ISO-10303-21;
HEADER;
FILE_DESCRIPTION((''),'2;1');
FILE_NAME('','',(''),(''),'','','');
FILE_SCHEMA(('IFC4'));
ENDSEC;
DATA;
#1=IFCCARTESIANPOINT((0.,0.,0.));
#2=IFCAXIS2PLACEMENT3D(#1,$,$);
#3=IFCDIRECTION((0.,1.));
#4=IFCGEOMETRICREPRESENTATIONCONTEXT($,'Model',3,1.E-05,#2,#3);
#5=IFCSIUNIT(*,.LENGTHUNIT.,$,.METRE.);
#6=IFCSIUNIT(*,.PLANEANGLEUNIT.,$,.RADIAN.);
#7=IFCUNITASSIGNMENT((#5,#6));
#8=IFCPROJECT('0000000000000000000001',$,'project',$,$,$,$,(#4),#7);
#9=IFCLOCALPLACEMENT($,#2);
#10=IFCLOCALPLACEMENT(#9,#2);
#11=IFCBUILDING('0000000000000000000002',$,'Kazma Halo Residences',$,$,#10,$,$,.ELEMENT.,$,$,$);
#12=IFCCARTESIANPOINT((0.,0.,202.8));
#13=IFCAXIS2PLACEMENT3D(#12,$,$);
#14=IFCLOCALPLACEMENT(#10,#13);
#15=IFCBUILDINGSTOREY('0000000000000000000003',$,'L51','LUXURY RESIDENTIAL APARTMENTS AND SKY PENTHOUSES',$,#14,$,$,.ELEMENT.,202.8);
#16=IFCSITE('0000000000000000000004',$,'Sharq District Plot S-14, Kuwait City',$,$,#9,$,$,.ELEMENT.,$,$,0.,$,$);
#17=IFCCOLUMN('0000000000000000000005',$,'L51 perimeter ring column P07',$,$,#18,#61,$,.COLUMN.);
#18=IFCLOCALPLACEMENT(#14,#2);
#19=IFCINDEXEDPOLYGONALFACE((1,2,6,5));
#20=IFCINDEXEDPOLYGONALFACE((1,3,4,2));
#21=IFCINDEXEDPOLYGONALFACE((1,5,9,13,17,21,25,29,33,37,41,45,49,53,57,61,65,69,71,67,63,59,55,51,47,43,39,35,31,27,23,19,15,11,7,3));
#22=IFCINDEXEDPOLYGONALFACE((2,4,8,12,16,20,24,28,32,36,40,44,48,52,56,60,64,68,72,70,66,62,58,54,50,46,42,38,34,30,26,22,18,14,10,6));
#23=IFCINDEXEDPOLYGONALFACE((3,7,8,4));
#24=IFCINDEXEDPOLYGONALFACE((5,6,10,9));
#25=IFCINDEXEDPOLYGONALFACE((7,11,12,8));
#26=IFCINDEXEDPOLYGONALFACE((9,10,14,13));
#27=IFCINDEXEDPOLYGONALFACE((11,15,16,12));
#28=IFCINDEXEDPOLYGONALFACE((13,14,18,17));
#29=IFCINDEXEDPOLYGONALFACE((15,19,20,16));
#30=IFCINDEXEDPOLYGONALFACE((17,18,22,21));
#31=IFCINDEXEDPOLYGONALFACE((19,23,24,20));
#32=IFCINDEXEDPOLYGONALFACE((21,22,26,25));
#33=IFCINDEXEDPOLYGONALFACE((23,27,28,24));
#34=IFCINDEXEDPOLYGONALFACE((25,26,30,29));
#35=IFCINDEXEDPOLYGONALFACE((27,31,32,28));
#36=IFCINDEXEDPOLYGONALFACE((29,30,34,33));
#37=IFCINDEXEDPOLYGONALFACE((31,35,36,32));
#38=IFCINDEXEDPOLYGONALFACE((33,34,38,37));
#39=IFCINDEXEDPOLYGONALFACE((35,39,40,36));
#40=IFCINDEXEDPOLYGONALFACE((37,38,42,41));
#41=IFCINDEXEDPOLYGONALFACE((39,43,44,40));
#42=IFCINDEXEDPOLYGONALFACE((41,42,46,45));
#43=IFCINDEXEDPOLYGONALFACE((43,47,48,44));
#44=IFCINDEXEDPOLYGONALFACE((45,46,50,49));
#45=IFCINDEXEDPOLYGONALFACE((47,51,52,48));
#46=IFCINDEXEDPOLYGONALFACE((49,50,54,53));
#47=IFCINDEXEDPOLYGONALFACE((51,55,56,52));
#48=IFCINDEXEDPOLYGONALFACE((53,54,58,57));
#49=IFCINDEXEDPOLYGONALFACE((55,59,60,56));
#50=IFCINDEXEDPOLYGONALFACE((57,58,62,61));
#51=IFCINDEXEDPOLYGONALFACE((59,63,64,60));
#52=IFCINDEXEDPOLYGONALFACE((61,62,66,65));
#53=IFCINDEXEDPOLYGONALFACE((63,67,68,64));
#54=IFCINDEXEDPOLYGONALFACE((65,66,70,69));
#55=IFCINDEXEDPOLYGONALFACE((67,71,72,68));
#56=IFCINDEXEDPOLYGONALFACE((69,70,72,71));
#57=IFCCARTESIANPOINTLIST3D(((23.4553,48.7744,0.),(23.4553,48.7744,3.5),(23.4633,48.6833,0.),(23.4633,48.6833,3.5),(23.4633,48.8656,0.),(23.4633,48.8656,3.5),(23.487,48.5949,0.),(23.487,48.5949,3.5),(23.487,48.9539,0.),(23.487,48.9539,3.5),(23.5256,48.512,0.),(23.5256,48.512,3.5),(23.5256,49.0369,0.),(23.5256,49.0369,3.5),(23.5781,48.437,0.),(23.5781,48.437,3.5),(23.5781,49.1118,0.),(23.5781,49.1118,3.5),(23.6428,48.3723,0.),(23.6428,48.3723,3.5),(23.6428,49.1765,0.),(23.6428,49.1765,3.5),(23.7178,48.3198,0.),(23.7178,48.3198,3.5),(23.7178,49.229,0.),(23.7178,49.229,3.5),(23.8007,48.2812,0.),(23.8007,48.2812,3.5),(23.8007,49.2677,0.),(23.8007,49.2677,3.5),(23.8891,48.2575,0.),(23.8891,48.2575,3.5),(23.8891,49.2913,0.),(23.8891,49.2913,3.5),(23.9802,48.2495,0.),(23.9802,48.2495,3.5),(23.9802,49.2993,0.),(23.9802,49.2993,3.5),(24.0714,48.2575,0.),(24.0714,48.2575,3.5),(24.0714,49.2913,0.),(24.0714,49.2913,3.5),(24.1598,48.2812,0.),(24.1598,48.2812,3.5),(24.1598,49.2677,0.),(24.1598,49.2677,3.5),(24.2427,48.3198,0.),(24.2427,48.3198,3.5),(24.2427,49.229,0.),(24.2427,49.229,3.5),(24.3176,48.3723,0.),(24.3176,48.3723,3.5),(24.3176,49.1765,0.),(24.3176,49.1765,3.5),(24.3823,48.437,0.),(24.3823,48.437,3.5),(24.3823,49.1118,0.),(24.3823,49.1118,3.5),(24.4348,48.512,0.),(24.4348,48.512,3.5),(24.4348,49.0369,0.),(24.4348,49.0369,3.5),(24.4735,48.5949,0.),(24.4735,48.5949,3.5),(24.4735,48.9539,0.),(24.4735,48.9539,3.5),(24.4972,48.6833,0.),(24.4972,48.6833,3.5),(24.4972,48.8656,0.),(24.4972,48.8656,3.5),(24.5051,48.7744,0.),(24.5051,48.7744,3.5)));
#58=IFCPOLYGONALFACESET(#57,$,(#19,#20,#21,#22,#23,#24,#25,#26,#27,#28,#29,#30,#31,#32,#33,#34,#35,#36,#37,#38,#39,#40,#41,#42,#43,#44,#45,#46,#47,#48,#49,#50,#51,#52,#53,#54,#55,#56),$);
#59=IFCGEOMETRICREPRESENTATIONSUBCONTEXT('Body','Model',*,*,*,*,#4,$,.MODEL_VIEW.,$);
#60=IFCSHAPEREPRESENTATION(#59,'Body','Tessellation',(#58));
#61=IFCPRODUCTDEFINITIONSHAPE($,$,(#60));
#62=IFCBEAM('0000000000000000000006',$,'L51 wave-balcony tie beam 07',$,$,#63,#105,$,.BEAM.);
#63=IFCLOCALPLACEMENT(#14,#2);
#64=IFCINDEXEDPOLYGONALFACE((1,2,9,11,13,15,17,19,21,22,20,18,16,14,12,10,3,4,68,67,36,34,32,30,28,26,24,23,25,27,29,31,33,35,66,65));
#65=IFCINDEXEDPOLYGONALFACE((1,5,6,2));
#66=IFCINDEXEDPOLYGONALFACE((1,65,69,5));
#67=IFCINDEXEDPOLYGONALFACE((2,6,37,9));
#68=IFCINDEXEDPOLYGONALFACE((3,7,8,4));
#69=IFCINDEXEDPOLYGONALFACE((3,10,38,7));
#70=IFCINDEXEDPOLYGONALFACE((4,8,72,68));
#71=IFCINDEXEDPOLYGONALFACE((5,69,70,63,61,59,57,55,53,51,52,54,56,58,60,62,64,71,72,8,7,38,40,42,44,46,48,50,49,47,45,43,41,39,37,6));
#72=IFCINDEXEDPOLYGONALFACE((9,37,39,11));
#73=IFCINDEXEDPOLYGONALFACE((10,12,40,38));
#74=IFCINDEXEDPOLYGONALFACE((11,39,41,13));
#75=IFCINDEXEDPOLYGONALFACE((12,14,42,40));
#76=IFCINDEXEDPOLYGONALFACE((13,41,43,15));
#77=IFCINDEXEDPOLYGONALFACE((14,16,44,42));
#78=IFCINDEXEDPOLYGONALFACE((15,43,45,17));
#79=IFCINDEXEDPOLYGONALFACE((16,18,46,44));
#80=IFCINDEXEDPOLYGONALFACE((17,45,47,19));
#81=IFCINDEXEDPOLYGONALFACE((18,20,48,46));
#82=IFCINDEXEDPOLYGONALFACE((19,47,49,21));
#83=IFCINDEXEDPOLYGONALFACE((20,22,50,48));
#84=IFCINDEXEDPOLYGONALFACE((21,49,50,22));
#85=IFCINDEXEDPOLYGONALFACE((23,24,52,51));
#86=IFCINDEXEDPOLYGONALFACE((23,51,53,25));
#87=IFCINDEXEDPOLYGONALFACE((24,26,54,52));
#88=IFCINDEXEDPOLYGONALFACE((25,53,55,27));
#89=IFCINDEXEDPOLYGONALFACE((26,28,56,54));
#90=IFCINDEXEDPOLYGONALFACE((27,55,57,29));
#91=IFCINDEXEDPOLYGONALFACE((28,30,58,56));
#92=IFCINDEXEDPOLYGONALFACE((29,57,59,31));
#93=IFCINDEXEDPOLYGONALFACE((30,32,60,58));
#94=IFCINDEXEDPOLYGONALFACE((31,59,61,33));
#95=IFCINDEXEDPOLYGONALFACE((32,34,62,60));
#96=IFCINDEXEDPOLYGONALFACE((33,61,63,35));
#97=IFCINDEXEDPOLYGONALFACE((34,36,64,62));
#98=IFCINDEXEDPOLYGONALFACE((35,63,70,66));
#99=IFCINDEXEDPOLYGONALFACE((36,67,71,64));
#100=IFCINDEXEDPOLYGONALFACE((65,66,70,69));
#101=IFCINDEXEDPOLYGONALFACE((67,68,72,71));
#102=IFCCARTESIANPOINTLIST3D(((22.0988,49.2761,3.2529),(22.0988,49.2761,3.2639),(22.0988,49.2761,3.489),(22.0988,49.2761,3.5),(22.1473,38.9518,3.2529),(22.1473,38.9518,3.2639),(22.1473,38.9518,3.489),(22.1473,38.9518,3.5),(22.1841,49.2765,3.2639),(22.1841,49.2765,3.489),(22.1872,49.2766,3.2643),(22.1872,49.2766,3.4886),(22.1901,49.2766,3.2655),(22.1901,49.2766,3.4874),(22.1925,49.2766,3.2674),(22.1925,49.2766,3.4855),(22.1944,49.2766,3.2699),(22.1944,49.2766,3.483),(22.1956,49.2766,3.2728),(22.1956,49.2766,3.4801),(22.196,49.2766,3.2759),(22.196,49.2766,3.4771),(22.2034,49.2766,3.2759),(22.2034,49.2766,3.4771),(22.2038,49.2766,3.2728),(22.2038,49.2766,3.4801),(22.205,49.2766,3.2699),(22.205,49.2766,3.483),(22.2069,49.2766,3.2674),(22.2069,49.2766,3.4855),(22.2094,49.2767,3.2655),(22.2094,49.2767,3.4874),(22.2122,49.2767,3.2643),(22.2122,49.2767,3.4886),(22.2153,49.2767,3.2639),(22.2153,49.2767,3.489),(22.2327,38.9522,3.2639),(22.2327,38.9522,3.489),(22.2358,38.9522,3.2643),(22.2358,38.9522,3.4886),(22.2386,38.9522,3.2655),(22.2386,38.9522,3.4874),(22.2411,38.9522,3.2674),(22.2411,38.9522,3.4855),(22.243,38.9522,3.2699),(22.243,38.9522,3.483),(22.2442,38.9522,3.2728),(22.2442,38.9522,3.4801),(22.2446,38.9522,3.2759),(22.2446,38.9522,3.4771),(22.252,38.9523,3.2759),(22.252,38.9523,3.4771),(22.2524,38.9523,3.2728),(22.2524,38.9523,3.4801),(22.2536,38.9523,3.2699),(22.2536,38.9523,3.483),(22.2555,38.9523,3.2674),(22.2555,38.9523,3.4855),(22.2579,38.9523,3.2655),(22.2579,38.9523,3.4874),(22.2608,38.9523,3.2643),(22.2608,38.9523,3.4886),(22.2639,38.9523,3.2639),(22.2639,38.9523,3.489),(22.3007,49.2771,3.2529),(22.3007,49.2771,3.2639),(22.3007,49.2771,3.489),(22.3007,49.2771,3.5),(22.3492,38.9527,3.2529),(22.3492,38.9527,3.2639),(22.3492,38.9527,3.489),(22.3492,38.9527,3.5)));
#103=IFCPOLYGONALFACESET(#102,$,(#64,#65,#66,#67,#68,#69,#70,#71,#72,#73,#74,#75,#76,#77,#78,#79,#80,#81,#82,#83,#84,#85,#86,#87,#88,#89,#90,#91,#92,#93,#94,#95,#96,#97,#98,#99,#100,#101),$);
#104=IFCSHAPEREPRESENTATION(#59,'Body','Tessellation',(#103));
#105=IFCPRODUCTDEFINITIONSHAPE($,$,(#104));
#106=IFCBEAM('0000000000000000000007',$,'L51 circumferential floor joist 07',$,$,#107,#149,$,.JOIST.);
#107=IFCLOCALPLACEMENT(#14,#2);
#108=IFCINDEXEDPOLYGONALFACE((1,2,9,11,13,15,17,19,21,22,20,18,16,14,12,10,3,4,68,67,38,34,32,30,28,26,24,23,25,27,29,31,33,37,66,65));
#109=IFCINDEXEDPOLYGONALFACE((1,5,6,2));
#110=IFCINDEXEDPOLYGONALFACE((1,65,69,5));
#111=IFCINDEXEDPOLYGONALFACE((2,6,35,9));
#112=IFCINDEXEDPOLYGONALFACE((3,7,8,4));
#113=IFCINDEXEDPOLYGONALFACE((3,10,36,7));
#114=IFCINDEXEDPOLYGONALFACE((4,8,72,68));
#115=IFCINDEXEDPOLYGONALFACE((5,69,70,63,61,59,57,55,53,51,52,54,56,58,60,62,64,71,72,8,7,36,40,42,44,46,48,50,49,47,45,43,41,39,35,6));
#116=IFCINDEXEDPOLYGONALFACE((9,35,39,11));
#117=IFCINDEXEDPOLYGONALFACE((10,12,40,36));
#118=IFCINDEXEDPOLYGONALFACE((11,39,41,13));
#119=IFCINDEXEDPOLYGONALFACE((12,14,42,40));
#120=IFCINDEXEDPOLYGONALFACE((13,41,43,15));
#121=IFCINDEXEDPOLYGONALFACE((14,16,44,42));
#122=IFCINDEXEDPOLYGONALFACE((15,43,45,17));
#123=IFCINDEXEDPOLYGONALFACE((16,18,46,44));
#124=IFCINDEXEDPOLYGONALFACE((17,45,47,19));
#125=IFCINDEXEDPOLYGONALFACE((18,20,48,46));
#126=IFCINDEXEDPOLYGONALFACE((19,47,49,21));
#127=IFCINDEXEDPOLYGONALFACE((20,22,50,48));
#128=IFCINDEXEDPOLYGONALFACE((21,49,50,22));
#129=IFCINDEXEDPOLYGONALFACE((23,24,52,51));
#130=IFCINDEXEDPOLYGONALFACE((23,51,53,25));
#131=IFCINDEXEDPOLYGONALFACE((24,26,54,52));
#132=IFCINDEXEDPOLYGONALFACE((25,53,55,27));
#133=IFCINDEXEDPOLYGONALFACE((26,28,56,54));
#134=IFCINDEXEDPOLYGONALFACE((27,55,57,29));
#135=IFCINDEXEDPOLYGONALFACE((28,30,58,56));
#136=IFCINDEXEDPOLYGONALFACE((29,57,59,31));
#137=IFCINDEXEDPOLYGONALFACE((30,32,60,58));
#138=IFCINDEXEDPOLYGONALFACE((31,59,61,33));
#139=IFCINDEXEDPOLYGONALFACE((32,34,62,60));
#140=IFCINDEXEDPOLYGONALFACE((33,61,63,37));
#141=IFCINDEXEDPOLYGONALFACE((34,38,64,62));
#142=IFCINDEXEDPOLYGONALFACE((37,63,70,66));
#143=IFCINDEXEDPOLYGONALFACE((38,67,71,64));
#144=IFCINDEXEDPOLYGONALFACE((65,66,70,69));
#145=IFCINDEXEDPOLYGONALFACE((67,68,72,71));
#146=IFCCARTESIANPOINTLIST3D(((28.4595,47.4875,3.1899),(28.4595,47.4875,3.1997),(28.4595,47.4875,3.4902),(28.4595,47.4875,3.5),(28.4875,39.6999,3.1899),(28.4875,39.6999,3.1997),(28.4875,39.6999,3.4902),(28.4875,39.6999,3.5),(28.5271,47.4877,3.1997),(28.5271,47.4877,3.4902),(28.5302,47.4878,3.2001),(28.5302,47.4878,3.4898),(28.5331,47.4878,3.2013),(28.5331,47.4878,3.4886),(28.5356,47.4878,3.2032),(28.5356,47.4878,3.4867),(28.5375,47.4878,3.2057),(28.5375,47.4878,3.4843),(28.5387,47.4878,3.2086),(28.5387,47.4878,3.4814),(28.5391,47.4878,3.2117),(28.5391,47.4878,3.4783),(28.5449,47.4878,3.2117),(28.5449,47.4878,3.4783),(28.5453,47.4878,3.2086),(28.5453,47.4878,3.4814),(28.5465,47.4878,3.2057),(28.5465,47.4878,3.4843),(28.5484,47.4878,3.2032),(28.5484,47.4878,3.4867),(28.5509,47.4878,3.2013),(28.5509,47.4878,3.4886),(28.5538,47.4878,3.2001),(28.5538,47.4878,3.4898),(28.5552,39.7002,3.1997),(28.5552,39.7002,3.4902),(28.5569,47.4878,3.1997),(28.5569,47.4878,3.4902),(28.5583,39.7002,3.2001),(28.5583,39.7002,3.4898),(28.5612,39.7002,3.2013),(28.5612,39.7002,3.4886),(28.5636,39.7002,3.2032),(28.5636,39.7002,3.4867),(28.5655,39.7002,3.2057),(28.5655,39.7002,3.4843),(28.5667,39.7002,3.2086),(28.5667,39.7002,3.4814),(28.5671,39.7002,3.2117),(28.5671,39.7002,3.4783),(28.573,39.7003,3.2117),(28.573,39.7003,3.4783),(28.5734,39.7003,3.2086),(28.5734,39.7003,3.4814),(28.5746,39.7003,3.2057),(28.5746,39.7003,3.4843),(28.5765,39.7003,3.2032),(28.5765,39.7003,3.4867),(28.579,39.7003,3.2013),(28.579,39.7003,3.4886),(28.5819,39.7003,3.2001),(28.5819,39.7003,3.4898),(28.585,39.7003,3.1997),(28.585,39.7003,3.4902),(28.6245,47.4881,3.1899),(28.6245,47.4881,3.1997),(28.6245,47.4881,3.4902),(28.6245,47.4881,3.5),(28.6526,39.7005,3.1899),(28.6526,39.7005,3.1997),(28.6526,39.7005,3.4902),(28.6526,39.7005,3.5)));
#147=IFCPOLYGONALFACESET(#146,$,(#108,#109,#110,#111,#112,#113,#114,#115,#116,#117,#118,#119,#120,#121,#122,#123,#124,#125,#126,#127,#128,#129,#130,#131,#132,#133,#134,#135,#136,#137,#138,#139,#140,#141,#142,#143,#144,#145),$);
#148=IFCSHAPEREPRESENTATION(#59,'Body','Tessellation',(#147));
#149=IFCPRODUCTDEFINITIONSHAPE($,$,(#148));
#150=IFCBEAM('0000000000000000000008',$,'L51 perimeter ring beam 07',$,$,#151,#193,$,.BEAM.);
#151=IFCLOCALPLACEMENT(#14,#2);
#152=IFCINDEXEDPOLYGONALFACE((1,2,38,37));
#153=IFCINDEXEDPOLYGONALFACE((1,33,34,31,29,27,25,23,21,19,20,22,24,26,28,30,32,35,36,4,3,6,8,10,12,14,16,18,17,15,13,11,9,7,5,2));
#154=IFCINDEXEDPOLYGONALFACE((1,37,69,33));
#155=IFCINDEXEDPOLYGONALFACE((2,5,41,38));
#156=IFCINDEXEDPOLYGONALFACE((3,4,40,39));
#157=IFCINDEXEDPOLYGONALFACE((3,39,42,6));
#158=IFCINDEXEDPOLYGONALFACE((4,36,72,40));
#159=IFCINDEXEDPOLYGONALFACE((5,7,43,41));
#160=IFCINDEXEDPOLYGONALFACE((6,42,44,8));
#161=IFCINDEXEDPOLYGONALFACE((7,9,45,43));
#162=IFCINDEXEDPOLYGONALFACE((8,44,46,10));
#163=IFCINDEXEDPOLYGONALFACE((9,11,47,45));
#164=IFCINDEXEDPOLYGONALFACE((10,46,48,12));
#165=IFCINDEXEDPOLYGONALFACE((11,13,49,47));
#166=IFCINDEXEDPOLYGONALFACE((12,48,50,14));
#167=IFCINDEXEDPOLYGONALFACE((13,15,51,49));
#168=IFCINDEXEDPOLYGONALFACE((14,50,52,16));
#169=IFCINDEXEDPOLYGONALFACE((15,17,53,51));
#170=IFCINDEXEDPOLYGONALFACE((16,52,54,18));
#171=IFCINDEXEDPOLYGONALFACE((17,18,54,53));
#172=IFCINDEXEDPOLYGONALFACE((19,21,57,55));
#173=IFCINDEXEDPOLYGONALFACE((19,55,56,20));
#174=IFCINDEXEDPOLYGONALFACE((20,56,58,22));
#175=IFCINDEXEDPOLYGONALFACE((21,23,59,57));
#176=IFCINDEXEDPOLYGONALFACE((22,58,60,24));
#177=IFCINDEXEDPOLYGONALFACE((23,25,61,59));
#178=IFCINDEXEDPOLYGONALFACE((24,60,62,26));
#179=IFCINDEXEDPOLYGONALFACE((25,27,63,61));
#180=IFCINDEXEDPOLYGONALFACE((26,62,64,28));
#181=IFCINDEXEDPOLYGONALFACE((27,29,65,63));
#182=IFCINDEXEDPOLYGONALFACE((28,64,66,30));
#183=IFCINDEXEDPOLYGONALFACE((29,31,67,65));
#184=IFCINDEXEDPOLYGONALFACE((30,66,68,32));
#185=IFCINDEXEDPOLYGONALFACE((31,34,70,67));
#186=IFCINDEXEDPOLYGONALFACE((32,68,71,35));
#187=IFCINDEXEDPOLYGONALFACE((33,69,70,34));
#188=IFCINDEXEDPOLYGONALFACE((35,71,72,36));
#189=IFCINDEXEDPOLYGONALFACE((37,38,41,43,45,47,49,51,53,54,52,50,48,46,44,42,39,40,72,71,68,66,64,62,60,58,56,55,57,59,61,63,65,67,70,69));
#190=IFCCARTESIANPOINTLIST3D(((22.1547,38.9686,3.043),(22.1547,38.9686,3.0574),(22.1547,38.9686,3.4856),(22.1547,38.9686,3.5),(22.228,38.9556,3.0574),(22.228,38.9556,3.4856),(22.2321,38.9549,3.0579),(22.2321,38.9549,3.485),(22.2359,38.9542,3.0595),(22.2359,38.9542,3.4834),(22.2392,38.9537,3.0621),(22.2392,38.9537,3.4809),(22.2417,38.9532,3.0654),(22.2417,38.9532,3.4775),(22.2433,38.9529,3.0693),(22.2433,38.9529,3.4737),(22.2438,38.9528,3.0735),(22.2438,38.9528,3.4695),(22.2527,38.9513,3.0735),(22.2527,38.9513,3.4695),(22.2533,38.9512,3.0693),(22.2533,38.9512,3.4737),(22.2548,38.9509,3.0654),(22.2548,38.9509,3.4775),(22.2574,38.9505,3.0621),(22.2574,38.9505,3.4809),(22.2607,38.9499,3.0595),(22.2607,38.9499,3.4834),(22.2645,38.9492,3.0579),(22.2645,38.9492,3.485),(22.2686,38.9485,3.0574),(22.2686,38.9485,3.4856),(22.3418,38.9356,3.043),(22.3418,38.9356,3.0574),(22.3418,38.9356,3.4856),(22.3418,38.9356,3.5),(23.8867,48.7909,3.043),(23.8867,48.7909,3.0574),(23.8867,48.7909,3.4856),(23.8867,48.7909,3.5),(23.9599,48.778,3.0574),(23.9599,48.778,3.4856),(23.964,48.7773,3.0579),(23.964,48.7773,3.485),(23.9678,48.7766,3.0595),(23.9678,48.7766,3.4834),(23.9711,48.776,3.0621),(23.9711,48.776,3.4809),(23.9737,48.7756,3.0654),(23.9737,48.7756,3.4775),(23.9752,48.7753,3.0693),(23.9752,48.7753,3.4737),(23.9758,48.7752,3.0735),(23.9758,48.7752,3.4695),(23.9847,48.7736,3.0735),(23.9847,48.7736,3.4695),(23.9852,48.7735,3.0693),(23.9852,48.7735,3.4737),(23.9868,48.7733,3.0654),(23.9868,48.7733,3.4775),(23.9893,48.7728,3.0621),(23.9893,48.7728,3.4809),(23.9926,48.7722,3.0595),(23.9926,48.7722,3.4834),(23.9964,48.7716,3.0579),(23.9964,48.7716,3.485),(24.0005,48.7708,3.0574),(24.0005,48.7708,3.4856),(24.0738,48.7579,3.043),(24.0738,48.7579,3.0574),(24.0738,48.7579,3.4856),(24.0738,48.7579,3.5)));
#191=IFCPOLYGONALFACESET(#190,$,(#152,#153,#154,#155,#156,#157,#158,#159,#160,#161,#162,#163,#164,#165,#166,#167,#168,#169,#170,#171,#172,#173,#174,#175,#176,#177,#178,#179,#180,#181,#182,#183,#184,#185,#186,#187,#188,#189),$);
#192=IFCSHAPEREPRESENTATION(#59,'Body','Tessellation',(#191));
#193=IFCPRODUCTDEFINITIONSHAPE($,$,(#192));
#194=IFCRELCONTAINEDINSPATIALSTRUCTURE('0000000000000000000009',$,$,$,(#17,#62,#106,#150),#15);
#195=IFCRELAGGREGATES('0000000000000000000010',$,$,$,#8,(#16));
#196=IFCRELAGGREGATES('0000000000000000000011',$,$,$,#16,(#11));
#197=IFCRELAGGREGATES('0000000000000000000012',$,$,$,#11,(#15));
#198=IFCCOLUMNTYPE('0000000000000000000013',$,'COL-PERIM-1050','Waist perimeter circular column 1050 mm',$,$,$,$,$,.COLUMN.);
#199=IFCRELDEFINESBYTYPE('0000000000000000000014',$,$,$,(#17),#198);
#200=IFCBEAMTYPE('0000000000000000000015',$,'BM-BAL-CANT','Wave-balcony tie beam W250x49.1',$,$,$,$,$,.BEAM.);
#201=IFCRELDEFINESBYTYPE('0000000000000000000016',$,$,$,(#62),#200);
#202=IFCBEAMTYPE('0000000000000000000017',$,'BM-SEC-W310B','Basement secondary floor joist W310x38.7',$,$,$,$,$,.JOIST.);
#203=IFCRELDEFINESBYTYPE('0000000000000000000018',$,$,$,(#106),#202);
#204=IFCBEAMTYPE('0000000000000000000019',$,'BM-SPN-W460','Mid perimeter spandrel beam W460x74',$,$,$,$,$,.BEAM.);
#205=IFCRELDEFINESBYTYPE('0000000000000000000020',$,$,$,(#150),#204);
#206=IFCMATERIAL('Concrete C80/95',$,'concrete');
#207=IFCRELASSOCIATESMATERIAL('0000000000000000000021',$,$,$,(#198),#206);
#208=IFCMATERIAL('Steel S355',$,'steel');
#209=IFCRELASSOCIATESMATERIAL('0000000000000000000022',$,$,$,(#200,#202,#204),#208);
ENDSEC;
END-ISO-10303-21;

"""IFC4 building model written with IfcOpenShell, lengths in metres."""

from ifc_helpers import new_model, si_unit, direction, frame, origin, origin_2d, place, context, subcontext, project, spatial, circle, i_section, extrude, material, material_profile, profile_set, type_object, element, save


model = new_model("IFC4")

# Units and contexts
model_context = context("Model", 3, precision=1e-05, world=origin(), true_north=direction((0.0, 1.0)))
body_context = subcontext(model_context, "Body", "Model", "MODEL_VIEW")
ifc_project = project(units=[si_unit("LENGTHUNIT", "METRE"), si_unit("PLANEANGLEUNIT", "RADIAN")], contexts=[model_context])

# Site, building, storey
site_placement = place(None, origin())
site = spatial("IfcSite", under=ifc_project, at=site_placement, Name="Sharq District Plot S-14, Kuwait City", CompositionType="ELEMENT", RefElevation=0.0)
building_placement = place(site_placement, origin())
building = spatial("IfcBuilding", under=site, at=building_placement, Name="Kazma Halo Residences", CompositionType="ELEMENT")
storey_placement = place(building_placement, frame((0.0, 0.0, 202.8)))
storey = spatial("IfcBuildingStorey", under=building, at=storey_placement, Name="L51", Description="LUXURY RESIDENTIAL APARTMENTS AND SKY PENTHOUSES", CompositionType="ELEMENT", Elevation=202.8)

# Column
ifc_material_1 = material(Name="Concrete C80/95", Category="concrete")
ifc_material_profile_1 = material_profile(ifc_material_1, circle(Radius=0.5249, at=origin_2d()), Name="CIRC1050")
ifc_profile_set_1 = profile_set([ifc_material_profile_1], Name="Concrete C80/95")
column_type = type_object("IfcColumnType", Name="COL-PERIM-1050", Description="Waist perimeter circular column 1050 mm", PredefinedType="COLUMN", material=ifc_profile_set_1)
column_placement = place(storey_placement, frame((23.9802, 48.7744, 0.0), z_axis=(0.0, 0.0, 1.0), x_axis=(1.0, 0.0, 0.0)))
element("IfcColumn", 1, at=column_placement, inside=storey, type_object=column_type, Name="L51 perimeter ring column P07", PredefinedType="COLUMN", context=body_context, shape_type="SweptSolid", body=[
    extrude(circle(Radius=0.5249, at=origin_2d()), origin(), (0.0, 0.0, 1.0), 3.5),
])

# Beams
ifc_material_2 = material(Name="Steel S355", Category="steel")
ifc_material_profile_2 = material_profile(ifc_material_2, i_section(OverallWidth=0.2019, OverallDepth=0.2471, WebThickness=0.0073, FlangeThickness=0.011, FilletRadius=0.012, at=origin_2d()), Name="W250x49.1")
ifc_profile_set_2 = profile_set([ifc_material_profile_2], Name="Steel S355")
beam_type_1 = type_object("IfcBeamType", Name="BM-BAL-CANT", Description="Wave-balcony tie beam W250x49.1", PredefinedType="BEAM", material=ifc_profile_set_2)
beam_1_placement = place(storey_placement, frame((22.1997, 49.2766, 3.3765), z_axis=(0.004706, -0.999989, 0.0), x_axis=(0.999989, 0.004706, 0.0)))
element("IfcBeam", 2, at=beam_1_placement, inside=storey, type_object=beam_type_1, Name="L51 wave-balcony tie beam 07", PredefinedType="BEAM", context=body_context, shape_type="SweptSolid", body=[
    extrude(i_section(OverallWidth=0.2019, OverallDepth=0.2471, WebThickness=0.0073, FlangeThickness=0.011, FilletRadius=0.012, at=origin_2d()), origin(), (0.0, 0.0, 1.0), 10.3245),
])
ifc_material_profile_3 = material_profile(ifc_material_2, i_section(OverallWidth=0.165, OverallDepth=0.3101, WebThickness=0.0059, FlangeThickness=0.0098, FilletRadius=0.012, at=origin_2d()), Name="W310x38.7")
ifc_profile_set_3 = profile_set([ifc_material_profile_3], Name="Steel S355")
beam_type_2 = type_object("IfcBeamType", Name="BM-SEC-W310B", Description="Basement secondary floor joist W310x38.7", PredefinedType="JOIST", material=ifc_profile_set_3)
beam_2_placement = place(storey_placement, frame((28.542, 47.4878, 3.345), z_axis=(0.003605, -0.999994, 0.0), x_axis=(0.999994, 0.003605, 0.0)))
element("IfcBeam", 3, at=beam_2_placement, inside=storey, type_object=beam_type_2, Name="L51 circumferential floor joist 07", PredefinedType="JOIST", context=body_context, shape_type="SweptSolid", body=[
    extrude(i_section(OverallWidth=0.165, OverallDepth=0.3101, WebThickness=0.0059, FlangeThickness=0.0098, FilletRadius=0.012, at=origin_2d()), origin(), (0.0, 0.0, 1.0), 7.7876),
])
ifc_material_profile_4 = material_profile(ifc_material_2, i_section(OverallWidth=0.1899, OverallDepth=0.457, WebThickness=0.009, FlangeThickness=0.0144, FilletRadius=0.0161, at=origin_2d()), Name="W460x74")
ifc_profile_set_4 = profile_set([ifc_material_profile_4], Name="Steel S355")
beam_type_3 = type_object("IfcBeamType", Name="BM-SPN-W460", Description="Mid perimeter spandrel beam W460x74", PredefinedType="BEAM", material=ifc_profile_set_4)
beam_3_placement = place(storey_placement, frame((23.9802, 48.7744, 3.2715), z_axis=(-0.173648, -0.984808, 0.0), x_axis=(0.984808, -0.173648, 0.0)))
element("IfcBeam", 4, at=beam_3_placement, inside=storey, type_object=beam_type_3, Name="L51 perimeter ring beam 07", PredefinedType="BEAM", context=body_context, shape_type="SweptSolid", body=[
    extrude(i_section(OverallWidth=0.1899, OverallDepth=0.457, WebThickness=0.009, FlangeThickness=0.0144, FilletRadius=0.0161, at=origin_2d()), origin(), (0.0, 0.0, 1.0), 9.9739),
])

save(model, "model.ifc")
